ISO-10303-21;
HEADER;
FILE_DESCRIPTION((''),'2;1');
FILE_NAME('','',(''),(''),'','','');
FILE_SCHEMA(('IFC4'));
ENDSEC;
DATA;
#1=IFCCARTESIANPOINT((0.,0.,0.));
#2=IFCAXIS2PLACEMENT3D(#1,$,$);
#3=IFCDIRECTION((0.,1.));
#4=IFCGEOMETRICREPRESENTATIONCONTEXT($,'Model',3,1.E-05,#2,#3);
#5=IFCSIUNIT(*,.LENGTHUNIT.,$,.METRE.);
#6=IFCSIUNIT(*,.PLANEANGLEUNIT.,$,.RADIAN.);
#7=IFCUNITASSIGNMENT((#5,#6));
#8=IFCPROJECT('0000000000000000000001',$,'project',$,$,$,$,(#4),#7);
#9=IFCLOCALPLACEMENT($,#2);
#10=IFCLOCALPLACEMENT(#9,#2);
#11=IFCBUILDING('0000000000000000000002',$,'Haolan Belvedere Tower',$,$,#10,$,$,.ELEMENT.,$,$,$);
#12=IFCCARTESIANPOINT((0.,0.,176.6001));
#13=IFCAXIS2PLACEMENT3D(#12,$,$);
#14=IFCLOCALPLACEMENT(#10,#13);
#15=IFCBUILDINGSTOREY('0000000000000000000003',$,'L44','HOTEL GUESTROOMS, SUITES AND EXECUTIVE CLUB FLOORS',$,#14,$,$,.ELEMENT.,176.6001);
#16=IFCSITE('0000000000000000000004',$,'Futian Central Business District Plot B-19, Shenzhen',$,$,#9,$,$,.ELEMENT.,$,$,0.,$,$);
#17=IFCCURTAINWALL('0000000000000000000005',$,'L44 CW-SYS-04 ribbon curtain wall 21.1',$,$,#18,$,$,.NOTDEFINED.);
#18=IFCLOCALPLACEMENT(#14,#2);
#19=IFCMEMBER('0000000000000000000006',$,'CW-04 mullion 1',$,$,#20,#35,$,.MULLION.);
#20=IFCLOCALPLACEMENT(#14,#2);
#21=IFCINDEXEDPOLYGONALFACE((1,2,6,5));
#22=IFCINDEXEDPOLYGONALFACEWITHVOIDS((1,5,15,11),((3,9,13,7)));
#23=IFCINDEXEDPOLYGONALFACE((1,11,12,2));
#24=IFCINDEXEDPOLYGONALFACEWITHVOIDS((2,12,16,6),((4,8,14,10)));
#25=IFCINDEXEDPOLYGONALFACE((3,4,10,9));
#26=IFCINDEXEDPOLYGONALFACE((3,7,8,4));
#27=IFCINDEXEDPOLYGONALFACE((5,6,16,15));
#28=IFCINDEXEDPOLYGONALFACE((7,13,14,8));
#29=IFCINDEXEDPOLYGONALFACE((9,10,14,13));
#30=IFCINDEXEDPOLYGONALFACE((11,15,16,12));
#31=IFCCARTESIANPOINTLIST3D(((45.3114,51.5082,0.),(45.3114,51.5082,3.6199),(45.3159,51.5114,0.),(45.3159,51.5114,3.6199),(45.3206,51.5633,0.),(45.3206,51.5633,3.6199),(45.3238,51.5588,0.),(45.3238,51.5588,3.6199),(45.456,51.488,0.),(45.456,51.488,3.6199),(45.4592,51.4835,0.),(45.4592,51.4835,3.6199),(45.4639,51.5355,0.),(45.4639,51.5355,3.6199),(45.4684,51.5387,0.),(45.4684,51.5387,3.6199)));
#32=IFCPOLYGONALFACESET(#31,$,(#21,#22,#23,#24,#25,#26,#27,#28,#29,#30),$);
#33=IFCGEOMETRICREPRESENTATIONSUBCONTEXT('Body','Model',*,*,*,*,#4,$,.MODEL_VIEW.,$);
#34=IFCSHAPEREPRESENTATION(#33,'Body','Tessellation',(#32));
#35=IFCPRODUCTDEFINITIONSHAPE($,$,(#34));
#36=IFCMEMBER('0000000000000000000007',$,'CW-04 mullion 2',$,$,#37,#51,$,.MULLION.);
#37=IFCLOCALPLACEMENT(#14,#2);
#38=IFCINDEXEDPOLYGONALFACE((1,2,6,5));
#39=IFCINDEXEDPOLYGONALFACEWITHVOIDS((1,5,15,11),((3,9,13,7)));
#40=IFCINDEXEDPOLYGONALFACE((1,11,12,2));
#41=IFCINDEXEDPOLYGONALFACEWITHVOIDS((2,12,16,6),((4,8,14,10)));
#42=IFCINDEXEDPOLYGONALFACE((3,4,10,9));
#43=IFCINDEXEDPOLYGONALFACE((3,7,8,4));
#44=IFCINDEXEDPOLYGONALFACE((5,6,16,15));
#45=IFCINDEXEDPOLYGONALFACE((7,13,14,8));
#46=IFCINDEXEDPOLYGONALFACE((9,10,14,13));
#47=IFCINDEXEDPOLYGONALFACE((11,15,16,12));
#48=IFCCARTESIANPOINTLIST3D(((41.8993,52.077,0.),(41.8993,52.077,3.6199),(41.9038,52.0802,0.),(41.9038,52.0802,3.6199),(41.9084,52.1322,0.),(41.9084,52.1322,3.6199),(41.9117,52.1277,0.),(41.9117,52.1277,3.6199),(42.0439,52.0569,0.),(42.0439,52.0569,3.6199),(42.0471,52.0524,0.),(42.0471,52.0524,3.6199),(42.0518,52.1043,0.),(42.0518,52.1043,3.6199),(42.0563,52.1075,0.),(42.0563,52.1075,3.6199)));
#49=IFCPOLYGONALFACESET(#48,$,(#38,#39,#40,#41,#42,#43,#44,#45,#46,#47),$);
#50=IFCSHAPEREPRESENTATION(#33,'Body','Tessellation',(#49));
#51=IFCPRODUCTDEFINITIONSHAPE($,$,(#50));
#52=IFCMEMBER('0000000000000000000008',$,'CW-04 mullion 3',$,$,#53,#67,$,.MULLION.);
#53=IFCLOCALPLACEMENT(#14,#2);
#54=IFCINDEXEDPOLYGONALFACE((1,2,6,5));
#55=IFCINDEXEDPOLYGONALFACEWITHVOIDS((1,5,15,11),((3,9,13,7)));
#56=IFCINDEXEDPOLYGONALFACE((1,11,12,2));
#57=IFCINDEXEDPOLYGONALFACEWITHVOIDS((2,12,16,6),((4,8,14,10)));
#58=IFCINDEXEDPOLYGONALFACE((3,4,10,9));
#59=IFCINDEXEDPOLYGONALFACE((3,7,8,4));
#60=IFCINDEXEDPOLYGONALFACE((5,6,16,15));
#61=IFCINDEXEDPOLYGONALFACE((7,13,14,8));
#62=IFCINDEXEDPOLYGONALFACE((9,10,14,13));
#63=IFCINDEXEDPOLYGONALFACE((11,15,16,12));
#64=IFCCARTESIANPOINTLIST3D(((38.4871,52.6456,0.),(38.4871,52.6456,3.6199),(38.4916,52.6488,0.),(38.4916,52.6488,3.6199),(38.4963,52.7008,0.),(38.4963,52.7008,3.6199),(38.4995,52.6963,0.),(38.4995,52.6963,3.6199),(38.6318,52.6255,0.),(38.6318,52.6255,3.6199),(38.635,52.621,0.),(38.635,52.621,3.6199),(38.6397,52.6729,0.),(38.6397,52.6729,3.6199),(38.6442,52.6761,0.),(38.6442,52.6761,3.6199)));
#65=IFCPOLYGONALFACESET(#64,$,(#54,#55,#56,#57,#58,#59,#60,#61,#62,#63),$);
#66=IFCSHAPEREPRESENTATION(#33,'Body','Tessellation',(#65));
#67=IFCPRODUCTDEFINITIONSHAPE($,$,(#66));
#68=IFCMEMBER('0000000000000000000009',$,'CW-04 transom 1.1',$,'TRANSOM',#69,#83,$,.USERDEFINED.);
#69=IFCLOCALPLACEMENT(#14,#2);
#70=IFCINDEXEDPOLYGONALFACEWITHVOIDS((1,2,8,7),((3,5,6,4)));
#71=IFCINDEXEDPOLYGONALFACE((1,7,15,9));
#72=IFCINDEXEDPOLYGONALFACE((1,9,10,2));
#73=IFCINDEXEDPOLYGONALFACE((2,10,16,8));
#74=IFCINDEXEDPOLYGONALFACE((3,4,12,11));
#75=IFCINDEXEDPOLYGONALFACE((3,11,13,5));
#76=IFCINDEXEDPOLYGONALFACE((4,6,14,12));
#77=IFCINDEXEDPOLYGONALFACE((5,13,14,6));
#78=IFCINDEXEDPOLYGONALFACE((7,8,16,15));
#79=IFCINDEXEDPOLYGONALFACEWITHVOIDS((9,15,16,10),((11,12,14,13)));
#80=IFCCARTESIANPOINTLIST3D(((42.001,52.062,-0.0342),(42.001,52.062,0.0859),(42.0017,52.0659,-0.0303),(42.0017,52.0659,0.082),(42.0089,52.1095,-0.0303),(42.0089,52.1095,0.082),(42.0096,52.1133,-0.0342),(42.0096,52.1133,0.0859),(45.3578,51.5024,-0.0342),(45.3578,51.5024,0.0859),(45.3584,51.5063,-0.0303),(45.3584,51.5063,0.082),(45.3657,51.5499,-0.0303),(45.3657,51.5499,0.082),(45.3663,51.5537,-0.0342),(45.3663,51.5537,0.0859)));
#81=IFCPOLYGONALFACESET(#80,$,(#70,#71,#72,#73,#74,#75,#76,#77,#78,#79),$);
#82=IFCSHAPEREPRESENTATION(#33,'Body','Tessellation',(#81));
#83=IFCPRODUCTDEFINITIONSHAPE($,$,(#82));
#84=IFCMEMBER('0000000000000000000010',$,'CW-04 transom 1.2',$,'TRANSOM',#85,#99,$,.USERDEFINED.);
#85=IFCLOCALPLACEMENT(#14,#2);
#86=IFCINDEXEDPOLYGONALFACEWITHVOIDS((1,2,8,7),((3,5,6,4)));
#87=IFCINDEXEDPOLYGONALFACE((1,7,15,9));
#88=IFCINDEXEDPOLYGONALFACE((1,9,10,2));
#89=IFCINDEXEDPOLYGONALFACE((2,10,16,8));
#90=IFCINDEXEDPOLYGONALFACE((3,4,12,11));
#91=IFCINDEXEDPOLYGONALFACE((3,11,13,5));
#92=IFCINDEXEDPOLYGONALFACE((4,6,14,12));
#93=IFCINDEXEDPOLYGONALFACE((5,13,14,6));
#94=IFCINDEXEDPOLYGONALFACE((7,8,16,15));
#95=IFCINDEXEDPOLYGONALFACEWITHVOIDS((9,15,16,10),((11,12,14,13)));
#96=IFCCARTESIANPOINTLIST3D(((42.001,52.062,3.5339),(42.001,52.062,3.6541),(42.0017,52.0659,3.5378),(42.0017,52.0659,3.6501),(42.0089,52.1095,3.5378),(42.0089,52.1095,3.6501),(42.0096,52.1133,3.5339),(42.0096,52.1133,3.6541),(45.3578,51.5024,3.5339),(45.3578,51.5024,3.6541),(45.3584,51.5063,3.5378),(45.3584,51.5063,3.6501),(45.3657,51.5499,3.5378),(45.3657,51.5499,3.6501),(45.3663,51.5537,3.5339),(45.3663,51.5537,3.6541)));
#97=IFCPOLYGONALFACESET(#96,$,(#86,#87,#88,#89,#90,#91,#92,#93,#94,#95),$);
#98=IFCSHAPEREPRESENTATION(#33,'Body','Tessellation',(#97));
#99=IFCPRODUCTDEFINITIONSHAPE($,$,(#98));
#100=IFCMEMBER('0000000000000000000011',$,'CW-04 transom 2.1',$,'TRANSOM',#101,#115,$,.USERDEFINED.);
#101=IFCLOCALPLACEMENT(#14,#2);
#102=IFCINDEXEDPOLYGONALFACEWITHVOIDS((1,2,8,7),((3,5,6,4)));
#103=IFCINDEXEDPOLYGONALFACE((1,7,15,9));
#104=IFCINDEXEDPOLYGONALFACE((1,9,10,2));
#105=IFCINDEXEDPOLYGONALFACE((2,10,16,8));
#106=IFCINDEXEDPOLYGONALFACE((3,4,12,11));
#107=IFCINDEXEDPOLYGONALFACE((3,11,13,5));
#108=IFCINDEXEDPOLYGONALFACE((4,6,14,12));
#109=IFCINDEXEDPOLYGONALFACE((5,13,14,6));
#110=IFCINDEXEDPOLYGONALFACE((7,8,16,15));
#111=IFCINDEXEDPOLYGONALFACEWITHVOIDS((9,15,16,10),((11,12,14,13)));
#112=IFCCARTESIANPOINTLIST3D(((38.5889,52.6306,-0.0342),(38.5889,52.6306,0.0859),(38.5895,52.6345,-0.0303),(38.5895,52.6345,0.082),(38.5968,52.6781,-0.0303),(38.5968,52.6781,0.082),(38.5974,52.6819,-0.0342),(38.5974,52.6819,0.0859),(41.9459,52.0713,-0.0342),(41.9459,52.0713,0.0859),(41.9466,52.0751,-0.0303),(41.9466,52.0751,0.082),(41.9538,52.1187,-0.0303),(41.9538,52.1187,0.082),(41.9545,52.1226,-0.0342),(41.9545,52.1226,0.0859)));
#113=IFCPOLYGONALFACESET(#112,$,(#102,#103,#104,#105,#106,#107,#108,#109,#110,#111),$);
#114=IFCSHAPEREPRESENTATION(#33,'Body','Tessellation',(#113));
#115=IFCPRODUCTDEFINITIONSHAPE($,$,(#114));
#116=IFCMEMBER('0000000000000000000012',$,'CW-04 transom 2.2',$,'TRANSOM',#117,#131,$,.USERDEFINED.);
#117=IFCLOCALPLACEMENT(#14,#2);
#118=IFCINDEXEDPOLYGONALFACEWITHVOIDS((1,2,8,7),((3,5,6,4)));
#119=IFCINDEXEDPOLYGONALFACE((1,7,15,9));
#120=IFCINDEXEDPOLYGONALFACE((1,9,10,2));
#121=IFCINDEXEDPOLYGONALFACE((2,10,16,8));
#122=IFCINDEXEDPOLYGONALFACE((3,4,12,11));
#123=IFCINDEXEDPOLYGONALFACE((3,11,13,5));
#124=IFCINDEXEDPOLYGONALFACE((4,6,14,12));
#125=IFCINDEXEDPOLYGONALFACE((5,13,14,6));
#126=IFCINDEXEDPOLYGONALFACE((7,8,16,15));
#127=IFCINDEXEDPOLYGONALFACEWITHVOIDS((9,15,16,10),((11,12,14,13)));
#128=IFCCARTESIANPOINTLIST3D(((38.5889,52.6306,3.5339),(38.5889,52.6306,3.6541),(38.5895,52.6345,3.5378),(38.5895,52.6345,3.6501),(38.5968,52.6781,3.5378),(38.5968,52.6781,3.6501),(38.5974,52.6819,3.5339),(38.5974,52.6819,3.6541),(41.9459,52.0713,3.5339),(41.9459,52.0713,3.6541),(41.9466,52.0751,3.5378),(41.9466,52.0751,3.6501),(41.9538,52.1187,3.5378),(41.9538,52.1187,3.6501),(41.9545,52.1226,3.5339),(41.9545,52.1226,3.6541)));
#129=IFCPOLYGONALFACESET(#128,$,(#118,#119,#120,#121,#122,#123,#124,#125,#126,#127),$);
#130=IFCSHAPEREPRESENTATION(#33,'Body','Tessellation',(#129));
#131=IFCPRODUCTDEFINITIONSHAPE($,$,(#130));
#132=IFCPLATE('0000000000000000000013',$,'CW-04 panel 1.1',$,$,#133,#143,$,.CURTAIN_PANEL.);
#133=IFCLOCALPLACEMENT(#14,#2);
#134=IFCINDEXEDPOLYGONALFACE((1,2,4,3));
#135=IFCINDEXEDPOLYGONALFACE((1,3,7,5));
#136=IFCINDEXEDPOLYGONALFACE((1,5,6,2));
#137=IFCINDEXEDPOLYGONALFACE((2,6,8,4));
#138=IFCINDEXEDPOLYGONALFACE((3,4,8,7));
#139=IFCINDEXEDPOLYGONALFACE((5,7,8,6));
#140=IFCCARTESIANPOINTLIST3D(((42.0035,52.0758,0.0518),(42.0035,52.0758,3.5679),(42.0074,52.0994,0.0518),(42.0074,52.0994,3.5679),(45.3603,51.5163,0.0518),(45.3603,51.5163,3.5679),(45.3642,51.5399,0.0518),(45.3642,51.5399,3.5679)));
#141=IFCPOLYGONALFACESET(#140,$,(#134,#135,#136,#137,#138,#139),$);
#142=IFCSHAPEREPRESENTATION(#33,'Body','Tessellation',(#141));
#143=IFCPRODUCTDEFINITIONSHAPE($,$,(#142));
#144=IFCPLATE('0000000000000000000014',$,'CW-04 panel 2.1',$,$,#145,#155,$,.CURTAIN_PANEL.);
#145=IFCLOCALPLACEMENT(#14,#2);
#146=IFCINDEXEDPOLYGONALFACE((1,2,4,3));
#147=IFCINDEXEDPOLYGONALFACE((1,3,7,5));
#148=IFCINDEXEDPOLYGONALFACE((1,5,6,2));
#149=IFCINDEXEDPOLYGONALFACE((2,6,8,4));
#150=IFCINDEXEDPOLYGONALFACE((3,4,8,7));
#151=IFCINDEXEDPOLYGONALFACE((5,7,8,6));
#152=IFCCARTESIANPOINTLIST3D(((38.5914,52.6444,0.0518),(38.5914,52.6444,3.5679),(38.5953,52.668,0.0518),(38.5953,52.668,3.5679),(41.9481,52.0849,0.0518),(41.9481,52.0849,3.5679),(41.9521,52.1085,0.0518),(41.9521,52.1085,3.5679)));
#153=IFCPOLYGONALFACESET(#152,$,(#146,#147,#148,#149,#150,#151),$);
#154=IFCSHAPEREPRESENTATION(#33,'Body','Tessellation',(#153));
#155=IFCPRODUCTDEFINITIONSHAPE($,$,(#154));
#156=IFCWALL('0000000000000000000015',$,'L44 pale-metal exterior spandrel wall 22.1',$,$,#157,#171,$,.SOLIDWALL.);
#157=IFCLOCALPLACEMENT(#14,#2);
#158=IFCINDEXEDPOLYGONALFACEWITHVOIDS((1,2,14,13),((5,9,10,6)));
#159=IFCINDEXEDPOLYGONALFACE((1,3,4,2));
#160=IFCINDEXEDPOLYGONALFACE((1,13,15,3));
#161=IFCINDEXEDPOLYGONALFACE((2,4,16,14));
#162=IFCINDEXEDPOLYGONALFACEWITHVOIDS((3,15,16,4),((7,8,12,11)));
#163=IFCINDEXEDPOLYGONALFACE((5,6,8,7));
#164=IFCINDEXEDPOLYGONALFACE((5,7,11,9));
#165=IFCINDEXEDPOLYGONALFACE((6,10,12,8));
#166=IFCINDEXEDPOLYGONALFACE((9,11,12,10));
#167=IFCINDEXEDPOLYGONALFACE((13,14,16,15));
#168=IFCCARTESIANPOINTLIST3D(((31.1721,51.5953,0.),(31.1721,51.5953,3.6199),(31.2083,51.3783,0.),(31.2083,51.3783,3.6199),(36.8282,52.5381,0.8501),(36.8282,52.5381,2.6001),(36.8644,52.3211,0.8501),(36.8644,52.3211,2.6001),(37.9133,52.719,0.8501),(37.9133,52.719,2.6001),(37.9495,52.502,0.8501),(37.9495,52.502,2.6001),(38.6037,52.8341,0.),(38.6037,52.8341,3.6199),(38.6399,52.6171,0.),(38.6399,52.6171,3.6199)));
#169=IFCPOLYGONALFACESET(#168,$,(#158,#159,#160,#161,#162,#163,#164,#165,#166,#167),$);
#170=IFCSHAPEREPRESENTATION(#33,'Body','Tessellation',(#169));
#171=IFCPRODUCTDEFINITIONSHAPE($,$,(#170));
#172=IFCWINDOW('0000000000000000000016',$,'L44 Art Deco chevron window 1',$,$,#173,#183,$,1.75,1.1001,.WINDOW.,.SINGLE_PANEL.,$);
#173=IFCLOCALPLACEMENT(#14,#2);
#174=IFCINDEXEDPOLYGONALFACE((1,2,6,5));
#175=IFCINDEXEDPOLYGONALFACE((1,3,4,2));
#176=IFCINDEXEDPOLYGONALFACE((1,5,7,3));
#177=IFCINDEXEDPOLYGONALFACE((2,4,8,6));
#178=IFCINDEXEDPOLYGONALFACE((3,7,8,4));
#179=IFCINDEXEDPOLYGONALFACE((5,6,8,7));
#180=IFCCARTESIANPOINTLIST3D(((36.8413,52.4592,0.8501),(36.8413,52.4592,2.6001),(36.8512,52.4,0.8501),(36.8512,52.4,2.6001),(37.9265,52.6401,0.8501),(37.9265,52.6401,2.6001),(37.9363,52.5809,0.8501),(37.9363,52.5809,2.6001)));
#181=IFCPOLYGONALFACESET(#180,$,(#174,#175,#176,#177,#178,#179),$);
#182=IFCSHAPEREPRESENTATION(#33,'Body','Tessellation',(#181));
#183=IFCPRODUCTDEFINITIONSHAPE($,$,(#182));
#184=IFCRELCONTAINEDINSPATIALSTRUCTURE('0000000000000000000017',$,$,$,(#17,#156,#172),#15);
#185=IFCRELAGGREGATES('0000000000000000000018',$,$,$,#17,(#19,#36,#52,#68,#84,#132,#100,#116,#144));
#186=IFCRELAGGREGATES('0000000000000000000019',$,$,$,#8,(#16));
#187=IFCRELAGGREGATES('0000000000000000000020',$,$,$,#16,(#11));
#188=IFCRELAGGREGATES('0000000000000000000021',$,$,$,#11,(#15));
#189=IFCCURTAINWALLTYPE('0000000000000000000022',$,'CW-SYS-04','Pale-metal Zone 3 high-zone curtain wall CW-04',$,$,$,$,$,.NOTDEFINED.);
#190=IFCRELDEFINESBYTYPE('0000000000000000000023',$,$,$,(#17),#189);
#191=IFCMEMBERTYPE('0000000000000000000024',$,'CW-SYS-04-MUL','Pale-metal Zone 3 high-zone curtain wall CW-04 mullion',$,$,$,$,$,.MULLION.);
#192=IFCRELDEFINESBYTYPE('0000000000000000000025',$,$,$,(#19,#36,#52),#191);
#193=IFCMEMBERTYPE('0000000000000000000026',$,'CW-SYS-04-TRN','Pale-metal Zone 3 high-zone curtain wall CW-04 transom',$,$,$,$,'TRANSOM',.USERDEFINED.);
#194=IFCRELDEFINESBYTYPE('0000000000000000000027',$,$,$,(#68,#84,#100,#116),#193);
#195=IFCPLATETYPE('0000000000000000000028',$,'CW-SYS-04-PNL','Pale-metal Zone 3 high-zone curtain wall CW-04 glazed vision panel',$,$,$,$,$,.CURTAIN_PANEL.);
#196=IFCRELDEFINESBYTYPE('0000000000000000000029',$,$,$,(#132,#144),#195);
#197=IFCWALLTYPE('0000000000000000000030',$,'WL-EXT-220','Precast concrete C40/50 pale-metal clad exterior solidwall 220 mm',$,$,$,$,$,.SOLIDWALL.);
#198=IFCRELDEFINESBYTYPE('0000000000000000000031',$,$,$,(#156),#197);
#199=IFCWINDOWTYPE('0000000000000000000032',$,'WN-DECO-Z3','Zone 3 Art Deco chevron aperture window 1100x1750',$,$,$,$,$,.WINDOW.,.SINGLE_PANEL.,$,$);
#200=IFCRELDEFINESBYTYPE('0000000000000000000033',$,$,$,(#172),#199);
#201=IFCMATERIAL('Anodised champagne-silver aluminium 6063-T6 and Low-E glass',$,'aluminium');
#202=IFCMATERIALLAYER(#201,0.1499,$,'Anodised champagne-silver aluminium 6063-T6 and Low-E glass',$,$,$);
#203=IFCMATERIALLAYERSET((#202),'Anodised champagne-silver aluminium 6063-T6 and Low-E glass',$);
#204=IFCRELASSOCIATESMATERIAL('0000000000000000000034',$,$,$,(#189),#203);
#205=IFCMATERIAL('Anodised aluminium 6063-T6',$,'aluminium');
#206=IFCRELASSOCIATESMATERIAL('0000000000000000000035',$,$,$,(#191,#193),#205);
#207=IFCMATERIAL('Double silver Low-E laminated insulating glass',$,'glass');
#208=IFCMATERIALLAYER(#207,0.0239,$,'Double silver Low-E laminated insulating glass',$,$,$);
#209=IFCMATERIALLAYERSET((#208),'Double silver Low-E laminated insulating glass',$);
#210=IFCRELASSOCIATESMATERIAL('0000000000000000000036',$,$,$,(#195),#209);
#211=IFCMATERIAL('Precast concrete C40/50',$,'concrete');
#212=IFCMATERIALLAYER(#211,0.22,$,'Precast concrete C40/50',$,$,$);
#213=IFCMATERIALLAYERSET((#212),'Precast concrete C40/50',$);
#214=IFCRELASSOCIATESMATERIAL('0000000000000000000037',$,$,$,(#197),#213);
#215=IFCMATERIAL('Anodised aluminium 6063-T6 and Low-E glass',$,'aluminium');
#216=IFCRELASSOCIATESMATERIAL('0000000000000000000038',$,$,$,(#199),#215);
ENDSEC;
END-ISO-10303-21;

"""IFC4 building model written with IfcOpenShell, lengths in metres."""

from ifc_helpers import new_model, si_unit, direction, frame, frame_2d, origin, origin_2d, place, context, subcontext, project, spatial, rectangle, hollow_rectangle, extrude, material, layer, layer_set, material_profile, profile_set, type_object, element, fill, aggregate, save


model = new_model("IFC4")

# Units and contexts
model_context = context("Model", 3, precision=1e-05, world=origin(), true_north=direction((0.0, 1.0)))
body_context = subcontext(model_context, "Body", "Model", "MODEL_VIEW")
ifc_project = project(units=[si_unit("LENGTHUNIT", "METRE"), si_unit("PLANEANGLEUNIT", "RADIAN")], contexts=[model_context])

# Site, building, storey
site_placement = place(None, origin())
site = spatial("IfcSite", under=ifc_project, at=site_placement, Name="Futian Central Business District Plot B-19, Shenzhen", CompositionType="ELEMENT", RefElevation=0.0)
building_placement = place(site_placement, origin())
building = spatial("IfcBuilding", under=site, at=building_placement, Name="Haolan Belvedere Tower", CompositionType="ELEMENT")
storey_placement = place(building_placement, frame((0.0, 0.0, 176.6001)))
storey = spatial("IfcBuildingStorey", under=building, at=storey_placement, Name="L44", Description="HOTEL GUESTROOMS, SUITES AND EXECUTIVE CLUB FLOORS", CompositionType="ELEMENT", Elevation=176.6001)

# Shared definitions
ifc_material_1 = material(Name="Anodised champagne-silver aluminium 6063-T6 and Low-E glass", Category="aluminium")
ifc_layer_1 = layer(ifc_material_1, 0.1499, Name="Anodised champagne-silver aluminium 6063-T6 and Low-E glass")
ifc_layer_set_1 = layer_set([ifc_layer_1], Name="Anodised champagne-silver aluminium 6063-T6 and Low-E glass")
curtain_wall_type = type_object("IfcCurtainWallType", Name="CW-SYS-04", Description="Pale-metal Zone 3 high-zone curtain wall CW-04", PredefinedType="NOTDEFINED", material=ifc_layer_set_1)
ifc_material_2 = material(Name="Anodised aluminium 6063-T6", Category="aluminium")
ifc_material_profile_1 = material_profile(ifc_material_2, hollow_rectangle(XDim=0.0559, YDim=0.1499, WallThickness=0.0039, at=origin_2d()), Name="Anodised aluminium 6063-T6")
ifc_profile_set_1 = profile_set([ifc_material_profile_1], Name="Anodised aluminium 6063-T6")
member_type_1 = type_object("IfcMemberType", Name="CW-SYS-04-MUL", Description="Pale-metal Zone 3 high-zone curtain wall CW-04 mullion", PredefinedType="MULLION", material=ifc_profile_set_1)

# Curtain wall, members, plates
curtain_wall_1_placement = place(storey_placement, origin())
curtain_wall_1 = element("IfcCurtainWall", 1, at=curtain_wall_1_placement, inside=storey, type_object=curtain_wall_type, Name="L44 CW-SYS-04 ribbon curtain wall 21.1", PredefinedType="NOTDEFINED")
member_1_placement = place(storey_placement, frame((45.3899, 51.5234, 0.0), z_axis=(0.0, 0.0, 1.0), x_axis=(-0.164406, -0.986393, 0.0)))
member_1 = element("IfcMember", 2, at=member_1_placement, type_object=member_type_1, Name="CW-04 mullion 1", PredefinedType="MULLION", context=body_context, shape_type="SweptSolid", body=[
    extrude(hollow_rectangle(XDim=0.0559, YDim=0.1499, WallThickness=0.0039, at=origin_2d()), origin(), (0.0, 0.0, 1.0), 3.6199),
])
member_2_placement = place(storey_placement, frame((41.9778, 52.0923, 0.0), z_axis=(0.0, 0.0, 1.0), x_axis=(-0.164406, -0.986393, 0.0)))
member_2 = element("IfcMember", 3, at=member_2_placement, type_object=member_type_1, Name="CW-04 mullion 2", PredefinedType="MULLION", context=body_context, shape_type="SweptSolid", body=[
    extrude(hollow_rectangle(XDim=0.0559, YDim=0.1499, WallThickness=0.0039, at=origin_2d()), origin(), (0.0, 0.0, 1.0), 3.6199),
])
member_3_placement = place(storey_placement, frame((38.5657, 52.6609, 0.0), z_axis=(0.0, 0.0, 1.0), x_axis=(-0.164406, -0.986393, 0.0)))
member_3 = element("IfcMember", 4, at=member_3_placement, type_object=member_type_1, Name="CW-04 mullion 3", PredefinedType="MULLION", context=body_context, shape_type="SweptSolid", body=[
    extrude(hollow_rectangle(XDim=0.0559, YDim=0.1499, WallThickness=0.0039, at=origin_2d()), origin(), (0.0, 0.0, 1.0), 3.6199),
])
ifc_material_profile_2 = material_profile(ifc_material_2, hollow_rectangle(XDim=0.052, YDim=0.1201, WallThickness=0.0039, at=origin_2d()), Name="Anodised aluminium 6063-T6")
ifc_profile_set_2 = profile_set([ifc_material_profile_2], Name="Anodised aluminium 6063-T6")
member_type_2 = type_object("IfcMemberType", Name="CW-SYS-04-TRN", Description="Pale-metal Zone 3 high-zone curtain wall CW-04 transom", ElementType="TRANSOM", PredefinedType="USERDEFINED", material=ifc_profile_set_2)
member_4_placement = place(storey_placement, frame((45.3621, 51.5281, 0.0259), z_axis=(-0.986388, 0.164434, 0.0), x_axis=(-0.164434, -0.986388, 0.0)))
member_4 = element("IfcMember", 5, at=member_4_placement, type_object=member_type_2, Name="CW-04 transom 1.1", ObjectType="TRANSOM", PredefinedType="USERDEFINED", context=body_context, shape_type="SweptSolid", body=[
    extrude(hollow_rectangle(XDim=0.052, YDim=0.1201, WallThickness=0.0039, at=origin_2d()), origin(), (0.0, 0.0, 1.0), 3.4031),
])
member_5_placement = place(storey_placement, frame((45.3621, 51.5281, 3.594), z_axis=(-0.986388, 0.164434, 0.0), x_axis=(-0.164434, -0.986388, 0.0)))
member_5 = element("IfcMember", 6, at=member_5_placement, type_object=member_type_2, Name="CW-04 transom 1.2", ObjectType="TRANSOM", PredefinedType="USERDEFINED", context=body_context, shape_type="SweptSolid", body=[
    extrude(hollow_rectangle(XDim=0.052, YDim=0.1201, WallThickness=0.0039, at=origin_2d()), origin(), (0.0, 0.0, 1.0), 3.4031),
])
member_6_placement = place(storey_placement, frame((41.9502, 52.0969, 0.0259), z_axis=(-0.986402, 0.164352, 0.0), x_axis=(-0.164352, -0.986402, 0.0)))
member_6 = element("IfcMember", 7, at=member_6_placement, type_object=member_type_2, Name="CW-04 transom 2.1", ObjectType="TRANSOM", PredefinedType="USERDEFINED", context=body_context, shape_type="SweptSolid", body=[
    extrude(hollow_rectangle(XDim=0.052, YDim=0.1201, WallThickness=0.0039, at=origin_2d()), origin(), (0.0, 0.0, 1.0), 3.4033),
])
member_7_placement = place(storey_placement, frame((41.9502, 52.0969, 3.594), z_axis=(-0.986402, 0.164352, 0.0), x_axis=(-0.164352, -0.986402, 0.0)))
member_7 = element("IfcMember", 8, at=member_7_placement, type_object=member_type_2, Name="CW-04 transom 2.2", ObjectType="TRANSOM", PredefinedType="USERDEFINED", context=body_context, shape_type="SweptSolid", body=[
    extrude(hollow_rectangle(XDim=0.052, YDim=0.1201, WallThickness=0.0039, at=origin_2d()), origin(), (0.0, 0.0, 1.0), 3.4033),
])
ifc_material_3 = material(Name="Double silver Low-E laminated insulating glass", Category="glass")
ifc_layer_2 = layer(ifc_material_3, 0.0239, Name="Double silver Low-E laminated insulating glass")
ifc_layer_set_2 = layer_set([ifc_layer_2], Name="Double silver Low-E laminated insulating glass")
plate_type = type_object("IfcPlateType", Name="CW-SYS-04-PNL", Description="Pale-metal Zone 3 high-zone curtain wall CW-04 glazed vision panel", PredefinedType="CURTAIN_PANEL", material=ifc_layer_set_2)
plate_1_placement = place(storey_placement, frame((43.6838, 51.8079, 0.0518), z_axis=(0.0, 0.0, 1.0), x_axis=(-0.986393, 0.164406, 0.0)))
plate_1 = element("IfcPlate", 9, at=plate_1_placement, type_object=plate_type, Name="CW-04 panel 1.1", PredefinedType="CURTAIN_PANEL", context=body_context, shape_type="SweptSolid", body=[
    extrude(rectangle(XDim=3.4031, YDim=0.0239, at=origin_2d()), origin(), (0.0, 0.0, 1.0), 3.5161),
])
plate_2_placement = place(storey_placement, frame((40.2717, 52.3765, 0.0518), z_axis=(0.0, 0.0, 1.0), x_axis=(-0.986393, 0.164406, 0.0)))
plate_2 = element("IfcPlate", 10, at=plate_2_placement, type_object=plate_type, Name="CW-04 panel 2.1", PredefinedType="CURTAIN_PANEL", context=body_context, shape_type="SweptSolid", body=[
    extrude(rectangle(XDim=3.4031, YDim=0.0239, at=origin_2d()), origin(), (0.0, 0.0, 1.0), 3.5161),
])
aggregate(curtain_wall_1, [member_1, member_2, member_3, member_4, member_5, plate_1, member_6, member_7, plate_2])

# Wall, opening, window
ifc_material_4 = material(Name="Precast concrete C40/50", Category="concrete")
ifc_layer_3 = layer(ifc_material_4, 0.22, Name="Precast concrete C40/50")
ifc_layer_set_3 = layer_set([ifc_layer_3], Name="Precast concrete C40/50")
wall_type_1 = type_object("IfcWallType", Name="WL-EXT-220", Description="Precast concrete C40/50 pale-metal clad exterior solidwall 220 mm", PredefinedType="SOLIDWALL", material=ifc_layer_set_3)
wall_1_placement = place(storey_placement, frame((38.6218, 52.7256, 0.0), z_axis=(0.0, 0.0, 1.0), x_axis=(-0.98639, -0.16442, 0.0)))
wall_1 = element("IfcWall", 11, at=wall_1_placement, inside=storey, type_object=wall_type_1, Name="L44 pale-metal exterior spandrel wall 22.1", PredefinedType="SOLIDWALL", context=body_context, shape_type="SweptSolid", body=[
    extrude(rectangle(XDim=7.5342, YDim=0.22, at=frame_2d((3.7671, 0.0))), origin(), (0.0, 0.0, 1.0), 3.6199),
])
opening_1_placement = place(wall_1_placement, frame((0.7, 0.0, 0.8501)))
opening_1 = element("IfcOpeningElement", 12, at=opening_1_placement, cuts=wall_1, PredefinedType="OPENING", context=body_context, shape_type="SweptSolid", body=[
    extrude(rectangle(XDim=1.1001, YDim=1.75, at=frame_2d((0.55, 0.875))), frame((0.0, 0.1199, 0.0), z_axis=(0.0, -1.0, 0.0), x_axis=(1.0, 0.0, 0.0)), (0.0, 0.0, 1.0), 0.24),
])
ifc_material_5 = material(Name="Anodised aluminium 6063-T6 and Low-E glass", Category="aluminium")
window_type = type_object("IfcWindowType", Name="WN-DECO-Z3", Description="Zone 3 Art Deco chevron aperture window 1100x1750", PartitioningType="SINGLE_PANEL", PredefinedType="WINDOW", material=ifc_material_5)
window_placement = place(opening_1_placement, origin())
window = element("IfcWindow", 13, at=window_placement, inside=storey, type_object=window_type, Name="L44 Art Deco chevron window 1", OverallHeight=1.75, OverallWidth=1.1001, PartitioningType="SINGLE_PANEL", PredefinedType="WINDOW", context=body_context, shape_type="SweptSolid", body=[
    extrude(rectangle(XDim=1.1001, YDim=1.75, at=frame_2d((0.55, 0.875))), frame((0.0, 0.03, 0.0), z_axis=(0.0, -1.0, 0.0), x_axis=(1.0, 0.0, 0.0)), (0.0, 0.0, 1.0), 0.0601),
])
fill(opening_1, window)

save(model, "model.ifc")
